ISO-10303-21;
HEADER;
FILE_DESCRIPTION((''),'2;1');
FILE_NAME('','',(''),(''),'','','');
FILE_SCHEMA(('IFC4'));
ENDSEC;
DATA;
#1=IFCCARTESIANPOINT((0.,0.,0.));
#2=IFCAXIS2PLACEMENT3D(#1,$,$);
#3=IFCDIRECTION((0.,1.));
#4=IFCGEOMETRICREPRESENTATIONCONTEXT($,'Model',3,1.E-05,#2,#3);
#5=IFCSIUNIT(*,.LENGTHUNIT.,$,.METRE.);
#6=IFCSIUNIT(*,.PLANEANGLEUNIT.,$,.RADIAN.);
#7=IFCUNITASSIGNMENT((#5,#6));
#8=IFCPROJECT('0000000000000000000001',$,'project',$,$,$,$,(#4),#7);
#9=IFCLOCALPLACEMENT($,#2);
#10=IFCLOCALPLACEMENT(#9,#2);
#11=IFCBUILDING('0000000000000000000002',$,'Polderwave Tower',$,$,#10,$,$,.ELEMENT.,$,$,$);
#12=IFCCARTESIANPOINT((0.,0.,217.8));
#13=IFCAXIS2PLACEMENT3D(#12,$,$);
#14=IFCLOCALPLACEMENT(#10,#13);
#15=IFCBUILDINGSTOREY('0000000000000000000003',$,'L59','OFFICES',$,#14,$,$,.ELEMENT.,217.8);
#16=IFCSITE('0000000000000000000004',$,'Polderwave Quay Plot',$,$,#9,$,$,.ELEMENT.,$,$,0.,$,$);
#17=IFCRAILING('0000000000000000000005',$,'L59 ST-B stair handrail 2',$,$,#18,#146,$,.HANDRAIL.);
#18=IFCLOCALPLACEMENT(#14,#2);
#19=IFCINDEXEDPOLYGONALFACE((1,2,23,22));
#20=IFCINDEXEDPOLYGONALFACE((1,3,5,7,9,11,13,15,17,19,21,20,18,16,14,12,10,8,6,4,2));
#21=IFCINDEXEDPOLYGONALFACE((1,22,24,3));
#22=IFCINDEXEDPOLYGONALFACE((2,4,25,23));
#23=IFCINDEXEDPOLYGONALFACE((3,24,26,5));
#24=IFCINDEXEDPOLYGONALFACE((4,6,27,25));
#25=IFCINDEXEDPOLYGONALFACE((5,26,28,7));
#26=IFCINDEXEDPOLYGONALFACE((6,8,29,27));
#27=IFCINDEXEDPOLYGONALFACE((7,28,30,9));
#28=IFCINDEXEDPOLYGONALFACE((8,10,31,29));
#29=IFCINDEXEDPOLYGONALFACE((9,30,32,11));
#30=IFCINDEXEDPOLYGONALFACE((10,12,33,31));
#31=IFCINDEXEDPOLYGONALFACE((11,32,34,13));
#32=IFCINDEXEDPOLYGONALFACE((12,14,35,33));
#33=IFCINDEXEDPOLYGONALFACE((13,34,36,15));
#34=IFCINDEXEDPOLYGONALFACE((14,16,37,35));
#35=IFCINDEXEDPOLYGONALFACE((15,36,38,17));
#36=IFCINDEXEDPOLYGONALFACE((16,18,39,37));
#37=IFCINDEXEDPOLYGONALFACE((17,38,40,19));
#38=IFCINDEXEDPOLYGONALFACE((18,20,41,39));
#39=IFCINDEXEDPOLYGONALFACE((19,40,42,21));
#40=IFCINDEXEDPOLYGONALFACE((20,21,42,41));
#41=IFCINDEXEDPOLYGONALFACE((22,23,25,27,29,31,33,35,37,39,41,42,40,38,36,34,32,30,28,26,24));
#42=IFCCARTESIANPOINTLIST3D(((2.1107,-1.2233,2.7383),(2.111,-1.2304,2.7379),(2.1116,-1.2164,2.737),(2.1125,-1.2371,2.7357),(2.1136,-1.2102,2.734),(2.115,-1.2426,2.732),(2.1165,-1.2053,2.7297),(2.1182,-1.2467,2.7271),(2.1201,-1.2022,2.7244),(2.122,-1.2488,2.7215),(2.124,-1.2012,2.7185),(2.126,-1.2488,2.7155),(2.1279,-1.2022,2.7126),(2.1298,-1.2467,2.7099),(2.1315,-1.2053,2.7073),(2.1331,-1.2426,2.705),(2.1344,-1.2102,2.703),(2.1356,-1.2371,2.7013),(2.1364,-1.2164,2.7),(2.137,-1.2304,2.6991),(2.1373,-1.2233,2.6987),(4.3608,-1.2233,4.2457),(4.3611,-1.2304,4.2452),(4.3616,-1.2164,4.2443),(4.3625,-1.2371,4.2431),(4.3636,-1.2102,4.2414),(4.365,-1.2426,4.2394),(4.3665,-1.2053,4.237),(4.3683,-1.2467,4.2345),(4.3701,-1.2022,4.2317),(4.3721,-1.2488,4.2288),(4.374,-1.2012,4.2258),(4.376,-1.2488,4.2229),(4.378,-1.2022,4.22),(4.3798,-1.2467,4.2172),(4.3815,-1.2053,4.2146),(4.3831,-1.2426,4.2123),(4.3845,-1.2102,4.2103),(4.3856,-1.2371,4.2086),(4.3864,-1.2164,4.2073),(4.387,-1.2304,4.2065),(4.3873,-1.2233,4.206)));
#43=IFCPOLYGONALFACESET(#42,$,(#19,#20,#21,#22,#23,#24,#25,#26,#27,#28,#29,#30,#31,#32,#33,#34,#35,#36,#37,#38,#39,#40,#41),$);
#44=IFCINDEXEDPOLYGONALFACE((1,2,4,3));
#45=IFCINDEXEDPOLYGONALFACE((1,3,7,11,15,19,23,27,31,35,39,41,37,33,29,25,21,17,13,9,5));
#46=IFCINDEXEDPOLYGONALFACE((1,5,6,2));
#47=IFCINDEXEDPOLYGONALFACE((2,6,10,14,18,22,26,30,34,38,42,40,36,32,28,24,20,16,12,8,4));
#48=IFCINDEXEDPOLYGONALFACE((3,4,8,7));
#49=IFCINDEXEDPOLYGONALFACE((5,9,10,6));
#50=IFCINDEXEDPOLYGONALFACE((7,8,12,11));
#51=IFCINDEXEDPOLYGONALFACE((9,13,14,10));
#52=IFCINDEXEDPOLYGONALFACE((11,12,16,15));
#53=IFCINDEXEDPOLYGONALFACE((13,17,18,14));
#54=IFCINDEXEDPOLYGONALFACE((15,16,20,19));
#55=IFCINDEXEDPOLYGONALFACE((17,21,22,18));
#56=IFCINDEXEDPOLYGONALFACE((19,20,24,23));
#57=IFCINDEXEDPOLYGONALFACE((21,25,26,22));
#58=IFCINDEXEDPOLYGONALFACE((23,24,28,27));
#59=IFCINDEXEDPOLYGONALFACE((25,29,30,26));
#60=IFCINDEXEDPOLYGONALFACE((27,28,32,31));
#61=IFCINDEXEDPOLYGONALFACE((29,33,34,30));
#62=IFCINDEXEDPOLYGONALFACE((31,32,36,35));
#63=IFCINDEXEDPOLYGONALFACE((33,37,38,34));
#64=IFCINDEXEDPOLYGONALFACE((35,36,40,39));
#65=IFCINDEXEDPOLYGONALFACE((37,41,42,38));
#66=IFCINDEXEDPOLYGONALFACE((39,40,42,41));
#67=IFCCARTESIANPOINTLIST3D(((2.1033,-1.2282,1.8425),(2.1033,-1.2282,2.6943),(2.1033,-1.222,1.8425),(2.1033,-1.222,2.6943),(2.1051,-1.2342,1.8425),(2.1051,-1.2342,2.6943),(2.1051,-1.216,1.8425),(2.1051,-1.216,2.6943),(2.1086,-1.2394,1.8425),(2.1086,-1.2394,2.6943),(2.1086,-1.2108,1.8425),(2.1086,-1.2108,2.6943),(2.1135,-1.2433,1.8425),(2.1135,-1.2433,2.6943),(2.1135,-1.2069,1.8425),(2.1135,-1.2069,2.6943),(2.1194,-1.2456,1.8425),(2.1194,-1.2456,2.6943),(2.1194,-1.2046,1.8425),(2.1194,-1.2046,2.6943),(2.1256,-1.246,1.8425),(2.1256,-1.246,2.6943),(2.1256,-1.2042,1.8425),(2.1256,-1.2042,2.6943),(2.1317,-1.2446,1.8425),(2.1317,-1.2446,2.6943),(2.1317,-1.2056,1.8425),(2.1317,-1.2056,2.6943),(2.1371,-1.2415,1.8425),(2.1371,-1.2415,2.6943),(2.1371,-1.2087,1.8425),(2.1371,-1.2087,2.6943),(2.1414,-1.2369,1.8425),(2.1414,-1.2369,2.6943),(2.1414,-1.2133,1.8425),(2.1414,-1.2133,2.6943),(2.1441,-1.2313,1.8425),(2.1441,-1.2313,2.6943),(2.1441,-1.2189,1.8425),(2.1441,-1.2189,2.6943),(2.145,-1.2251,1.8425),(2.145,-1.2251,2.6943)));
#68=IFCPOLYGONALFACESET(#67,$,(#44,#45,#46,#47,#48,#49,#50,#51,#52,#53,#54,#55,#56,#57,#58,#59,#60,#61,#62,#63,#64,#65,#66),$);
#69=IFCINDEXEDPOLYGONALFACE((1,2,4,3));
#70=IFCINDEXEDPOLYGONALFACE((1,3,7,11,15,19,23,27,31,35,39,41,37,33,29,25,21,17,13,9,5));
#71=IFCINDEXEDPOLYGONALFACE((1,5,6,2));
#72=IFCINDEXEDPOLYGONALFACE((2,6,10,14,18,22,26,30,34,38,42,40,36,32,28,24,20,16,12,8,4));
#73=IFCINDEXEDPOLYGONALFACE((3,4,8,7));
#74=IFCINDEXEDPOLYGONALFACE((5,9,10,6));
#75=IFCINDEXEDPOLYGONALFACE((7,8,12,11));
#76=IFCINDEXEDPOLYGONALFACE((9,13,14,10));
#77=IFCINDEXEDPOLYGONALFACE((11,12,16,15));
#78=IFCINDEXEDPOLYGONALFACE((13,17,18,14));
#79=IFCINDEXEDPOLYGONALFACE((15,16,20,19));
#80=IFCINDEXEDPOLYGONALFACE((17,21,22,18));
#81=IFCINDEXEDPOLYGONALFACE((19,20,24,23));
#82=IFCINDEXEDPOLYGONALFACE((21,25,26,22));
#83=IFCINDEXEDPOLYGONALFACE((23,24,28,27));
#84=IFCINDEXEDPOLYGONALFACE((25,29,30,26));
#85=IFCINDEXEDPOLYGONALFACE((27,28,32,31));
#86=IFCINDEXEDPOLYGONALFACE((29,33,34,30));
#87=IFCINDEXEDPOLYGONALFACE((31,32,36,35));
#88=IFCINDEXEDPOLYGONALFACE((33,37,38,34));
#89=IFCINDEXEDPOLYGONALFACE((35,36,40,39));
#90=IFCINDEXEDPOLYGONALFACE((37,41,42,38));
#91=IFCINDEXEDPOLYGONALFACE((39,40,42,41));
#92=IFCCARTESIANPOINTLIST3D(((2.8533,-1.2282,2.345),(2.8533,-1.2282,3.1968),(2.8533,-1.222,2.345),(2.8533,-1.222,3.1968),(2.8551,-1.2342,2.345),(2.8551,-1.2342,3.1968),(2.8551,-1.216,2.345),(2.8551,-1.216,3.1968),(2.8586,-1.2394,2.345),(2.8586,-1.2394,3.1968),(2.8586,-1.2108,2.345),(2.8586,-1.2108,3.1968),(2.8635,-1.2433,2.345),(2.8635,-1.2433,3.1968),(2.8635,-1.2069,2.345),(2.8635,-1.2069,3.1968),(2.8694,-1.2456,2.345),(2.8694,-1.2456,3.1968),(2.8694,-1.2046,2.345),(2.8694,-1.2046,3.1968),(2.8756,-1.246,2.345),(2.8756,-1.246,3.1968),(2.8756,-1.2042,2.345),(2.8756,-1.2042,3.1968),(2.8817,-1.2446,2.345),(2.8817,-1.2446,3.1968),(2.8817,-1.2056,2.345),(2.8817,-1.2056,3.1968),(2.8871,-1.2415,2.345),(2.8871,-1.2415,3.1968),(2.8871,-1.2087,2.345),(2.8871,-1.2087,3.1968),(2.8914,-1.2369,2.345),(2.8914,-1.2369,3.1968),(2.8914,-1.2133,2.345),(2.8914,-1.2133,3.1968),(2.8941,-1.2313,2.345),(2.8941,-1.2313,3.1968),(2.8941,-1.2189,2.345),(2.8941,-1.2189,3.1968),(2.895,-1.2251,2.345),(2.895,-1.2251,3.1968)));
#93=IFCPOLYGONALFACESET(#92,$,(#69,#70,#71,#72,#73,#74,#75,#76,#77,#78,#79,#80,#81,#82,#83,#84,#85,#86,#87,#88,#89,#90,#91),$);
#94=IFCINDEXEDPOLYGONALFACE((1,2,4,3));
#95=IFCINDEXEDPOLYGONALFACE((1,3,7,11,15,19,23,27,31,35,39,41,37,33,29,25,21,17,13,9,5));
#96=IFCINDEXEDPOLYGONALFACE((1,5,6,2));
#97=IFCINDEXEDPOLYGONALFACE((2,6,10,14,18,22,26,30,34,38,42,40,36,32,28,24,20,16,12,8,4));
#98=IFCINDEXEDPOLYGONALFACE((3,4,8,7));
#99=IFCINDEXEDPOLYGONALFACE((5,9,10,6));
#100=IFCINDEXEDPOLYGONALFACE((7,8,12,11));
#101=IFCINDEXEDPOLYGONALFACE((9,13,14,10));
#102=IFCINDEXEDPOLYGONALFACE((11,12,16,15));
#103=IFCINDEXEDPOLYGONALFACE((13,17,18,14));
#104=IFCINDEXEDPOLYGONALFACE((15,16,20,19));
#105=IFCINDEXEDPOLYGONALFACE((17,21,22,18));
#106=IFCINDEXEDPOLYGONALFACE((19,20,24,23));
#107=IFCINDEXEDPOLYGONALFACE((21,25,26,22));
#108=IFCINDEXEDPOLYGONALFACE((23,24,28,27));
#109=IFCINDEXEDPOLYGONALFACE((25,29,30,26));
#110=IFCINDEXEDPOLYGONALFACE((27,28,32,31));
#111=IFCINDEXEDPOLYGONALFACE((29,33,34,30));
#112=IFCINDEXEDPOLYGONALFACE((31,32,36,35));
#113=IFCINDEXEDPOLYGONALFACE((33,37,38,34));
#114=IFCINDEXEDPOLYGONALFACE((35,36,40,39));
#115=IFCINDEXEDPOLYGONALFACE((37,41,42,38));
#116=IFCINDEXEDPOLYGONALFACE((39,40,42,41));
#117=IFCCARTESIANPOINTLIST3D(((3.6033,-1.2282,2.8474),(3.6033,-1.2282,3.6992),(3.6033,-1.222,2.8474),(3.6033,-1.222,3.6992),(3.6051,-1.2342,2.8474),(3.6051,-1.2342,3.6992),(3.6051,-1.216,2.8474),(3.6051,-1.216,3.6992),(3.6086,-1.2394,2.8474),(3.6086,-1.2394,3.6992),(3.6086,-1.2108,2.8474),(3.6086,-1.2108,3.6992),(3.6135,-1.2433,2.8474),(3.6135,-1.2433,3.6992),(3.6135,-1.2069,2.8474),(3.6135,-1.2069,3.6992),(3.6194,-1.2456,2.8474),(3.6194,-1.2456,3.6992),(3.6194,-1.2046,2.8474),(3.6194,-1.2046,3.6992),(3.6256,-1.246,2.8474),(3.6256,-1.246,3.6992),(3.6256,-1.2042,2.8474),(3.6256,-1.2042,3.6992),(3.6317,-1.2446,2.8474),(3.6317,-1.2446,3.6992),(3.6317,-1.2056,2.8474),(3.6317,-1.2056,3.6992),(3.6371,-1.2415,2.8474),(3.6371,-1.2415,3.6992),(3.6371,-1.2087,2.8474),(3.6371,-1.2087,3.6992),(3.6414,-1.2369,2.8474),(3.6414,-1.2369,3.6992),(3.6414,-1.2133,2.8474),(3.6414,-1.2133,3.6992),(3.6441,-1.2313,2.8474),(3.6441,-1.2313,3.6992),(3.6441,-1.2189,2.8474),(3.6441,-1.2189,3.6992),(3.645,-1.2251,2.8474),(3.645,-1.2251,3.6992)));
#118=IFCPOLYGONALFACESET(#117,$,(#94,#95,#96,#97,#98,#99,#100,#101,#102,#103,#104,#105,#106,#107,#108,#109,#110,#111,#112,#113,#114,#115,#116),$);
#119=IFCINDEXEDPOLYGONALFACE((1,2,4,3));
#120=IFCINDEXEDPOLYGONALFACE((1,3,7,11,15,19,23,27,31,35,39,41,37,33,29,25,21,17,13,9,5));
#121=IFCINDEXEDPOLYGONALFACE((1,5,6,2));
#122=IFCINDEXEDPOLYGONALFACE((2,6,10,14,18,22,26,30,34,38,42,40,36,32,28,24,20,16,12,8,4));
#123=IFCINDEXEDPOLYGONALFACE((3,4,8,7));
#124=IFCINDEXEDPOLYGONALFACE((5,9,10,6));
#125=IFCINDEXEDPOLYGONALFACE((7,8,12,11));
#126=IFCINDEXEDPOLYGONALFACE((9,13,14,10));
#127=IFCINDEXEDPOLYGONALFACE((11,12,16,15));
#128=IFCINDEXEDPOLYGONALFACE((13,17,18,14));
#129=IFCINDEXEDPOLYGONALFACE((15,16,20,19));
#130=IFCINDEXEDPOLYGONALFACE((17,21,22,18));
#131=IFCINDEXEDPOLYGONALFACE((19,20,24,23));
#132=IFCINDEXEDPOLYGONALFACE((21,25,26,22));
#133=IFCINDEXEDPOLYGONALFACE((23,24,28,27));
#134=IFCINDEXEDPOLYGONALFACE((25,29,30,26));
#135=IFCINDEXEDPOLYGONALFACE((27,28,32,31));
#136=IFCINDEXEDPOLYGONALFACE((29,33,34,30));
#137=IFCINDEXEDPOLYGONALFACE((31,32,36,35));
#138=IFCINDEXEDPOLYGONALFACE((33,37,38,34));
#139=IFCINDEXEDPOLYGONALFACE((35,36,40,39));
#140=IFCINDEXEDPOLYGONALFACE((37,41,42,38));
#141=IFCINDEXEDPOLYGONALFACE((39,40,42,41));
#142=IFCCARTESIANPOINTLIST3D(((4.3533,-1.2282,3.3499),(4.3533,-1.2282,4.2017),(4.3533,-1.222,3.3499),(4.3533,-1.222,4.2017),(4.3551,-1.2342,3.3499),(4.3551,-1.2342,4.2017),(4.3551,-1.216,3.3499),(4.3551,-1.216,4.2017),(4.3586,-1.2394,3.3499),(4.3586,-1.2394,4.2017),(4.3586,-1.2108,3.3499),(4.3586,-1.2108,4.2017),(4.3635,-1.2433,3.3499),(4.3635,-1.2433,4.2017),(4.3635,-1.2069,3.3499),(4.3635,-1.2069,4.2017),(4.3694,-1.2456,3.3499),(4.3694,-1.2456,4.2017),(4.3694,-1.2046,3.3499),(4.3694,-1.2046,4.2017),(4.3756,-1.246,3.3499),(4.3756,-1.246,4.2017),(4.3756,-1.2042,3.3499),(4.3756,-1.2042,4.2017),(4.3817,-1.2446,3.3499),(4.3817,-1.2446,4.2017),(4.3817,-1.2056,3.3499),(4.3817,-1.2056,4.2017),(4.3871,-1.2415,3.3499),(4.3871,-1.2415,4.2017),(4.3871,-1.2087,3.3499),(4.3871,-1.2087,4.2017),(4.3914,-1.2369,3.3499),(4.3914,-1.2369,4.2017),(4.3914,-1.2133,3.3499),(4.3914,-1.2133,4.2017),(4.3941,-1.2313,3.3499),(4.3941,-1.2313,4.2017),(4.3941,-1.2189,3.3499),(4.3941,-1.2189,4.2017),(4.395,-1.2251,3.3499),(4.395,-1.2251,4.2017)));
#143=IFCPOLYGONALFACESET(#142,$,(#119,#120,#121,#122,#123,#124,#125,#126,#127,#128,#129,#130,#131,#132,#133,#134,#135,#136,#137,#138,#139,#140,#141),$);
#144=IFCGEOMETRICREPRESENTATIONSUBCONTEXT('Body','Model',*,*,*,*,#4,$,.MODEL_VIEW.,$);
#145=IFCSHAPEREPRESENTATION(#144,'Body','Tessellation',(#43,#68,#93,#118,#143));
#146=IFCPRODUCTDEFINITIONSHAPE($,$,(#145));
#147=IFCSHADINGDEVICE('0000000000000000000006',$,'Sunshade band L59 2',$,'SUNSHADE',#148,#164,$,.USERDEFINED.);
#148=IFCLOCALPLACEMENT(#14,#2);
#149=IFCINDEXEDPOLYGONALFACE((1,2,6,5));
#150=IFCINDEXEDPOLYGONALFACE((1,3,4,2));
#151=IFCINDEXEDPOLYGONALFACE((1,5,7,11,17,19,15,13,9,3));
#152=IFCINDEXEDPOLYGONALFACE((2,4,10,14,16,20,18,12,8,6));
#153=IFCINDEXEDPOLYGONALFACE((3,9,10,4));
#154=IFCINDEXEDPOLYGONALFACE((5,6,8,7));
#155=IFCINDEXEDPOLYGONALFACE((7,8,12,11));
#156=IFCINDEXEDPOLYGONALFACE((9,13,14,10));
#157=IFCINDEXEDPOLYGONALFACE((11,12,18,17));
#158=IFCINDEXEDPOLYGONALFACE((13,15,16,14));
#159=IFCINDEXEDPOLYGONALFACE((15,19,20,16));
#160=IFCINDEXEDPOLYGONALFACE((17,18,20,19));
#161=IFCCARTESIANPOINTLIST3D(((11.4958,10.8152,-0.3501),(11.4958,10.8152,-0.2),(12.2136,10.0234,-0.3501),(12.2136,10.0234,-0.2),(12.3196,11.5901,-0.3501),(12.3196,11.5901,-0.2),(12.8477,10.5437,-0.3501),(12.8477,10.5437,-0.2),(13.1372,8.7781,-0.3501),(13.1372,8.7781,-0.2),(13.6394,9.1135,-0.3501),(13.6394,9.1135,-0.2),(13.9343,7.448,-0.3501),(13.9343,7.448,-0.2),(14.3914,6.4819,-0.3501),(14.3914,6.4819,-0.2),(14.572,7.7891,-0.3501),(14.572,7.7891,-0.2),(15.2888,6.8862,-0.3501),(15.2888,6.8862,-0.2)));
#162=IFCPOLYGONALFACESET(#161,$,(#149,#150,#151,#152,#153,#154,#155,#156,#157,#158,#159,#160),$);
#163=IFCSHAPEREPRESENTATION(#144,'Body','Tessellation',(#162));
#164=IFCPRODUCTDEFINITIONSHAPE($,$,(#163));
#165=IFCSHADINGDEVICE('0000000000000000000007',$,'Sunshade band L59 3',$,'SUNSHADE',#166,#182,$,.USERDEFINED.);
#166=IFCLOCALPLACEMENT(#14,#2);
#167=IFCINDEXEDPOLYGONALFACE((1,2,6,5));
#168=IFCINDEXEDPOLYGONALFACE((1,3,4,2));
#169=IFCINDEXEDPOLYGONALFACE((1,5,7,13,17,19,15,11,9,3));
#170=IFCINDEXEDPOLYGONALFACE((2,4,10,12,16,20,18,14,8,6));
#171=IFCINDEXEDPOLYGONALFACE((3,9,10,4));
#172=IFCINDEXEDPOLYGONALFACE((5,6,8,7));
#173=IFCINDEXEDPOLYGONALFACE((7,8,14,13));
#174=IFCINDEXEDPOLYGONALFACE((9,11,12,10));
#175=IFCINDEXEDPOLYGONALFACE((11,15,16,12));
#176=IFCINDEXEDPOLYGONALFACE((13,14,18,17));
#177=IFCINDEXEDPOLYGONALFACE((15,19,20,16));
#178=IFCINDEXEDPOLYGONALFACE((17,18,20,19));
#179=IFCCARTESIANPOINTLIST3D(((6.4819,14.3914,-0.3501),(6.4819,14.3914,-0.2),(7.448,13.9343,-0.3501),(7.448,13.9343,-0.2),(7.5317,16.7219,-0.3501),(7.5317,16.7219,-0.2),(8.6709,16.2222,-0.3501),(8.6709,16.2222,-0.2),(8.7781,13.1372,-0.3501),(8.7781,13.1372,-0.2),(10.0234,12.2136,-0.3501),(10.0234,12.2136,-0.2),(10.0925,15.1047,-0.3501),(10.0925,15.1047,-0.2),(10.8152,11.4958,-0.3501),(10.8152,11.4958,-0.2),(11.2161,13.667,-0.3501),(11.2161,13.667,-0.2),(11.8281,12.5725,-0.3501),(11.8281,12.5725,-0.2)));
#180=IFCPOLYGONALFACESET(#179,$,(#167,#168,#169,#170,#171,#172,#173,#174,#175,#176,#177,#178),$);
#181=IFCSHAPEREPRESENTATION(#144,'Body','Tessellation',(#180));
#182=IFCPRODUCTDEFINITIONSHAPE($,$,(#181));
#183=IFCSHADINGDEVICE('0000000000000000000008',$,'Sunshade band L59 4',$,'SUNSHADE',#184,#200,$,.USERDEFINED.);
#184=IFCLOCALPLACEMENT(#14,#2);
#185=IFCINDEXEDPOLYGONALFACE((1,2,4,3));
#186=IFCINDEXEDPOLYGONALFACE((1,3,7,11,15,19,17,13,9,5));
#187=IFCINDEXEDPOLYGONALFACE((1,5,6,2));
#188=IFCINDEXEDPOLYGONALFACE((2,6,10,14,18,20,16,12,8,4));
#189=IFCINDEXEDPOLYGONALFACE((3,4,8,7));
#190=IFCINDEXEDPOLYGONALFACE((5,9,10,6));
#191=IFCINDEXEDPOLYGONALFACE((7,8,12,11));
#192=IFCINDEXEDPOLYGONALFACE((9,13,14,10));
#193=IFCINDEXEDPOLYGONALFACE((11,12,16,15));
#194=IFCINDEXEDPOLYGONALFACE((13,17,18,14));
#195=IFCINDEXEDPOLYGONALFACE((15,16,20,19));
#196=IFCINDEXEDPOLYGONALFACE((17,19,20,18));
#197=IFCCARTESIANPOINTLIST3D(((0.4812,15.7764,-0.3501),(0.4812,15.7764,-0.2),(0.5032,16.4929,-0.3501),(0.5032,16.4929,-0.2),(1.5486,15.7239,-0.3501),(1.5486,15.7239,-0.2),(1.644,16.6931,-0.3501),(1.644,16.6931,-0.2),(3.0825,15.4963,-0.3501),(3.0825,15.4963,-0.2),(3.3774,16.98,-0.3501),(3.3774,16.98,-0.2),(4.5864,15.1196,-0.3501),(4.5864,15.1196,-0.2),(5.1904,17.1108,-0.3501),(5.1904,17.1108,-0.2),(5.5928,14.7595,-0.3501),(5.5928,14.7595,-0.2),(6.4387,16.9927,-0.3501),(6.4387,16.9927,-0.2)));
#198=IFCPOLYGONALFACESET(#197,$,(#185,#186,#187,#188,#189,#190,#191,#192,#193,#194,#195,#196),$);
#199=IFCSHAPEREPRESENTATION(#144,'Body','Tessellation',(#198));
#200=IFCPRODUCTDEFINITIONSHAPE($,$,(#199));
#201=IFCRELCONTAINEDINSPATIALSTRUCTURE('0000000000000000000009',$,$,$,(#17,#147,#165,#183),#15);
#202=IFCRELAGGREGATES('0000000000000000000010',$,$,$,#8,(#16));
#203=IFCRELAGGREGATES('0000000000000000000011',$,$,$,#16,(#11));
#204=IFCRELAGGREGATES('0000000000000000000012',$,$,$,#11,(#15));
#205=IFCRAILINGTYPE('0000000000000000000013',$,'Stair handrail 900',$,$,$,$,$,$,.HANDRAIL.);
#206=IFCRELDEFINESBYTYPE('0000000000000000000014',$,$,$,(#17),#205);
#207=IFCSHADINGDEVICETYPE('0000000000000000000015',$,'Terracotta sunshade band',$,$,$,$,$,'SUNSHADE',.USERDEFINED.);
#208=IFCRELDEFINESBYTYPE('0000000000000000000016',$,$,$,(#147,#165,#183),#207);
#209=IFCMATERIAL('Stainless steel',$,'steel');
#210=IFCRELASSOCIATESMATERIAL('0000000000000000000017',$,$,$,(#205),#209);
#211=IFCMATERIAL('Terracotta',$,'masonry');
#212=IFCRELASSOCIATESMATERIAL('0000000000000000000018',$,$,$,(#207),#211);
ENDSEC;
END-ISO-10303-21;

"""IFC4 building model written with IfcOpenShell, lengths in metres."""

from ifc_helpers import new_model, si_unit, direction, frame, origin, origin_2d, place, context, subcontext, project, spatial, polyline, circle, outline, extrude, material, type_object, element, save


model = new_model("IFC4")

# Units and contexts
model_context = context("Model", 3, precision=1e-05, world=origin(), true_north=direction((0.0, 1.0)))
body_context = subcontext(model_context, "Body", "Model", "MODEL_VIEW")
ifc_project = project(units=[si_unit("LENGTHUNIT", "METRE"), si_unit("PLANEANGLEUNIT", "RADIAN")], contexts=[model_context])

# Site, building, storey
site_placement = place(None, origin())
site = spatial("IfcSite", under=ifc_project, at=site_placement, Name="Polderwave Quay Plot", CompositionType="ELEMENT", RefElevation=0.0)
building_placement = place(site_placement, origin())
building = spatial("IfcBuilding", under=site, at=building_placement, Name="Polderwave Tower", CompositionType="ELEMENT")
storey_placement = place(building_placement, frame((0.0, 0.0, 217.8)))
storey = spatial("IfcBuildingStorey", under=building, at=storey_placement, Name="L59", Description="OFFICES", CompositionType="ELEMENT", Elevation=217.8)

# Railing
ifc_material_1 = material(Name="Stainless steel", Category="steel")
railing_type_1 = type_object("IfcRailingType", Name="Stair handrail 900", PredefinedType="HANDRAIL", material=ifc_material_1)
railing_1_placement = place(storey_placement, frame((2.124, -1.2251, 1.8425)))
element("IfcRailing", 1, at=railing_1_placement, inside=storey, type_object=railing_type_1, Name="L59 ST-B stair handrail 2", PredefinedType="HANDRAIL", context=body_context, shape_type="SweptSolid", body=[
    extrude(circle(Radius=0.0239, at=origin_2d()), frame((0.0, 0.0, 0.876), z_axis=(0.8308, 0.0, 0.556571), x_axis=(0.0, 1.0, 0.0)), (0.0, 0.0, 1.0), 2.7083),
    extrude(circle(Radius=0.021, at=origin_2d()), origin(), (0.0, 0.0, 1.0), 0.8518),
    extrude(circle(Radius=0.021, at=origin_2d()), frame((0.75, 0.0, 0.5024)), (0.0, 0.0, 1.0), 0.8518),
    extrude(circle(Radius=0.021, at=origin_2d()), frame((1.5, 0.0, 1.0049)), (0.0, 0.0, 1.0), 0.8518),
    extrude(circle(Radius=0.021, at=origin_2d()), frame((2.25, 0.0, 1.5073)), (0.0, 0.0, 1.0), 0.8518),
])

# Shading devices
ifc_material_2 = material(Name="Terracotta", Category="masonry")
shading_device_type = type_object("IfcShadingDeviceType", Name="Terracotta sunshade band", ElementType="SUNSHADE", PredefinedType="USERDEFINED", material=ifc_material_2)
shading_device_1_placement = place(storey_placement, frame((0.0, 0.0, -0.3501)))
element("IfcShadingDevice", 2, at=shading_device_1_placement, inside=storey, type_object=shading_device_type, Name="Sunshade band L59 2", ObjectType="SUNSHADE", PredefinedType="USERDEFINED", context=body_context, shape_type="SweptSolid", body=[
    extrude(outline(polyline([(14.3914, 6.4819), (13.9343, 7.448), (13.1372, 8.7781), (12.2136, 10.0234), (11.4958, 10.8152), (12.3196, 11.5901), (12.8477, 10.5437), (13.6394, 9.1135), (14.572, 7.7891), (15.2888, 6.8862), (14.3914, 6.4819)])), origin(), (0.0, 0.0, 1.0), 0.1501),
])
shading_device_2_placement = place(storey_placement, frame((0.0, 0.0, -0.3501)))
element("IfcShadingDevice", 3, at=shading_device_2_placement, inside=storey, type_object=shading_device_type, Name="Sunshade band L59 3", ObjectType="SUNSHADE", PredefinedType="USERDEFINED", context=body_context, shape_type="SweptSolid", body=[
    extrude(outline(polyline([(10.8152, 11.4958), (10.0234, 12.2136), (8.7781, 13.1372), (7.448, 13.9343), (6.4819, 14.3914), (7.5317, 16.7219), (8.6709, 16.2222), (10.0925, 15.1047), (11.2161, 13.667), (11.8281, 12.5725), (10.8152, 11.4958)])), origin(), (0.0, 0.0, 1.0), 0.1501),
])
shading_device_3_placement = place(storey_placement, frame((0.0, 0.0, -0.3501)))
element("IfcShadingDevice", 4, at=shading_device_3_placement, inside=storey, type_object=shading_device_type, Name="Sunshade band L59 4", ObjectType="SUNSHADE", PredefinedType="USERDEFINED", context=body_context, shape_type="SweptSolid", body=[
    extrude(outline(polyline([(5.5928, 14.7595), (4.5864, 15.1196), (3.0825, 15.4963), (1.5486, 15.7239), (0.4812, 15.7764), (0.5032, 16.4929), (1.644, 16.6931), (3.3774, 16.98), (5.1904, 17.1108), (6.4387, 16.9927), (5.5928, 14.7595)])), origin(), (0.0, 0.0, 1.0), 0.1501),
])

save(model, "model.ifc")
